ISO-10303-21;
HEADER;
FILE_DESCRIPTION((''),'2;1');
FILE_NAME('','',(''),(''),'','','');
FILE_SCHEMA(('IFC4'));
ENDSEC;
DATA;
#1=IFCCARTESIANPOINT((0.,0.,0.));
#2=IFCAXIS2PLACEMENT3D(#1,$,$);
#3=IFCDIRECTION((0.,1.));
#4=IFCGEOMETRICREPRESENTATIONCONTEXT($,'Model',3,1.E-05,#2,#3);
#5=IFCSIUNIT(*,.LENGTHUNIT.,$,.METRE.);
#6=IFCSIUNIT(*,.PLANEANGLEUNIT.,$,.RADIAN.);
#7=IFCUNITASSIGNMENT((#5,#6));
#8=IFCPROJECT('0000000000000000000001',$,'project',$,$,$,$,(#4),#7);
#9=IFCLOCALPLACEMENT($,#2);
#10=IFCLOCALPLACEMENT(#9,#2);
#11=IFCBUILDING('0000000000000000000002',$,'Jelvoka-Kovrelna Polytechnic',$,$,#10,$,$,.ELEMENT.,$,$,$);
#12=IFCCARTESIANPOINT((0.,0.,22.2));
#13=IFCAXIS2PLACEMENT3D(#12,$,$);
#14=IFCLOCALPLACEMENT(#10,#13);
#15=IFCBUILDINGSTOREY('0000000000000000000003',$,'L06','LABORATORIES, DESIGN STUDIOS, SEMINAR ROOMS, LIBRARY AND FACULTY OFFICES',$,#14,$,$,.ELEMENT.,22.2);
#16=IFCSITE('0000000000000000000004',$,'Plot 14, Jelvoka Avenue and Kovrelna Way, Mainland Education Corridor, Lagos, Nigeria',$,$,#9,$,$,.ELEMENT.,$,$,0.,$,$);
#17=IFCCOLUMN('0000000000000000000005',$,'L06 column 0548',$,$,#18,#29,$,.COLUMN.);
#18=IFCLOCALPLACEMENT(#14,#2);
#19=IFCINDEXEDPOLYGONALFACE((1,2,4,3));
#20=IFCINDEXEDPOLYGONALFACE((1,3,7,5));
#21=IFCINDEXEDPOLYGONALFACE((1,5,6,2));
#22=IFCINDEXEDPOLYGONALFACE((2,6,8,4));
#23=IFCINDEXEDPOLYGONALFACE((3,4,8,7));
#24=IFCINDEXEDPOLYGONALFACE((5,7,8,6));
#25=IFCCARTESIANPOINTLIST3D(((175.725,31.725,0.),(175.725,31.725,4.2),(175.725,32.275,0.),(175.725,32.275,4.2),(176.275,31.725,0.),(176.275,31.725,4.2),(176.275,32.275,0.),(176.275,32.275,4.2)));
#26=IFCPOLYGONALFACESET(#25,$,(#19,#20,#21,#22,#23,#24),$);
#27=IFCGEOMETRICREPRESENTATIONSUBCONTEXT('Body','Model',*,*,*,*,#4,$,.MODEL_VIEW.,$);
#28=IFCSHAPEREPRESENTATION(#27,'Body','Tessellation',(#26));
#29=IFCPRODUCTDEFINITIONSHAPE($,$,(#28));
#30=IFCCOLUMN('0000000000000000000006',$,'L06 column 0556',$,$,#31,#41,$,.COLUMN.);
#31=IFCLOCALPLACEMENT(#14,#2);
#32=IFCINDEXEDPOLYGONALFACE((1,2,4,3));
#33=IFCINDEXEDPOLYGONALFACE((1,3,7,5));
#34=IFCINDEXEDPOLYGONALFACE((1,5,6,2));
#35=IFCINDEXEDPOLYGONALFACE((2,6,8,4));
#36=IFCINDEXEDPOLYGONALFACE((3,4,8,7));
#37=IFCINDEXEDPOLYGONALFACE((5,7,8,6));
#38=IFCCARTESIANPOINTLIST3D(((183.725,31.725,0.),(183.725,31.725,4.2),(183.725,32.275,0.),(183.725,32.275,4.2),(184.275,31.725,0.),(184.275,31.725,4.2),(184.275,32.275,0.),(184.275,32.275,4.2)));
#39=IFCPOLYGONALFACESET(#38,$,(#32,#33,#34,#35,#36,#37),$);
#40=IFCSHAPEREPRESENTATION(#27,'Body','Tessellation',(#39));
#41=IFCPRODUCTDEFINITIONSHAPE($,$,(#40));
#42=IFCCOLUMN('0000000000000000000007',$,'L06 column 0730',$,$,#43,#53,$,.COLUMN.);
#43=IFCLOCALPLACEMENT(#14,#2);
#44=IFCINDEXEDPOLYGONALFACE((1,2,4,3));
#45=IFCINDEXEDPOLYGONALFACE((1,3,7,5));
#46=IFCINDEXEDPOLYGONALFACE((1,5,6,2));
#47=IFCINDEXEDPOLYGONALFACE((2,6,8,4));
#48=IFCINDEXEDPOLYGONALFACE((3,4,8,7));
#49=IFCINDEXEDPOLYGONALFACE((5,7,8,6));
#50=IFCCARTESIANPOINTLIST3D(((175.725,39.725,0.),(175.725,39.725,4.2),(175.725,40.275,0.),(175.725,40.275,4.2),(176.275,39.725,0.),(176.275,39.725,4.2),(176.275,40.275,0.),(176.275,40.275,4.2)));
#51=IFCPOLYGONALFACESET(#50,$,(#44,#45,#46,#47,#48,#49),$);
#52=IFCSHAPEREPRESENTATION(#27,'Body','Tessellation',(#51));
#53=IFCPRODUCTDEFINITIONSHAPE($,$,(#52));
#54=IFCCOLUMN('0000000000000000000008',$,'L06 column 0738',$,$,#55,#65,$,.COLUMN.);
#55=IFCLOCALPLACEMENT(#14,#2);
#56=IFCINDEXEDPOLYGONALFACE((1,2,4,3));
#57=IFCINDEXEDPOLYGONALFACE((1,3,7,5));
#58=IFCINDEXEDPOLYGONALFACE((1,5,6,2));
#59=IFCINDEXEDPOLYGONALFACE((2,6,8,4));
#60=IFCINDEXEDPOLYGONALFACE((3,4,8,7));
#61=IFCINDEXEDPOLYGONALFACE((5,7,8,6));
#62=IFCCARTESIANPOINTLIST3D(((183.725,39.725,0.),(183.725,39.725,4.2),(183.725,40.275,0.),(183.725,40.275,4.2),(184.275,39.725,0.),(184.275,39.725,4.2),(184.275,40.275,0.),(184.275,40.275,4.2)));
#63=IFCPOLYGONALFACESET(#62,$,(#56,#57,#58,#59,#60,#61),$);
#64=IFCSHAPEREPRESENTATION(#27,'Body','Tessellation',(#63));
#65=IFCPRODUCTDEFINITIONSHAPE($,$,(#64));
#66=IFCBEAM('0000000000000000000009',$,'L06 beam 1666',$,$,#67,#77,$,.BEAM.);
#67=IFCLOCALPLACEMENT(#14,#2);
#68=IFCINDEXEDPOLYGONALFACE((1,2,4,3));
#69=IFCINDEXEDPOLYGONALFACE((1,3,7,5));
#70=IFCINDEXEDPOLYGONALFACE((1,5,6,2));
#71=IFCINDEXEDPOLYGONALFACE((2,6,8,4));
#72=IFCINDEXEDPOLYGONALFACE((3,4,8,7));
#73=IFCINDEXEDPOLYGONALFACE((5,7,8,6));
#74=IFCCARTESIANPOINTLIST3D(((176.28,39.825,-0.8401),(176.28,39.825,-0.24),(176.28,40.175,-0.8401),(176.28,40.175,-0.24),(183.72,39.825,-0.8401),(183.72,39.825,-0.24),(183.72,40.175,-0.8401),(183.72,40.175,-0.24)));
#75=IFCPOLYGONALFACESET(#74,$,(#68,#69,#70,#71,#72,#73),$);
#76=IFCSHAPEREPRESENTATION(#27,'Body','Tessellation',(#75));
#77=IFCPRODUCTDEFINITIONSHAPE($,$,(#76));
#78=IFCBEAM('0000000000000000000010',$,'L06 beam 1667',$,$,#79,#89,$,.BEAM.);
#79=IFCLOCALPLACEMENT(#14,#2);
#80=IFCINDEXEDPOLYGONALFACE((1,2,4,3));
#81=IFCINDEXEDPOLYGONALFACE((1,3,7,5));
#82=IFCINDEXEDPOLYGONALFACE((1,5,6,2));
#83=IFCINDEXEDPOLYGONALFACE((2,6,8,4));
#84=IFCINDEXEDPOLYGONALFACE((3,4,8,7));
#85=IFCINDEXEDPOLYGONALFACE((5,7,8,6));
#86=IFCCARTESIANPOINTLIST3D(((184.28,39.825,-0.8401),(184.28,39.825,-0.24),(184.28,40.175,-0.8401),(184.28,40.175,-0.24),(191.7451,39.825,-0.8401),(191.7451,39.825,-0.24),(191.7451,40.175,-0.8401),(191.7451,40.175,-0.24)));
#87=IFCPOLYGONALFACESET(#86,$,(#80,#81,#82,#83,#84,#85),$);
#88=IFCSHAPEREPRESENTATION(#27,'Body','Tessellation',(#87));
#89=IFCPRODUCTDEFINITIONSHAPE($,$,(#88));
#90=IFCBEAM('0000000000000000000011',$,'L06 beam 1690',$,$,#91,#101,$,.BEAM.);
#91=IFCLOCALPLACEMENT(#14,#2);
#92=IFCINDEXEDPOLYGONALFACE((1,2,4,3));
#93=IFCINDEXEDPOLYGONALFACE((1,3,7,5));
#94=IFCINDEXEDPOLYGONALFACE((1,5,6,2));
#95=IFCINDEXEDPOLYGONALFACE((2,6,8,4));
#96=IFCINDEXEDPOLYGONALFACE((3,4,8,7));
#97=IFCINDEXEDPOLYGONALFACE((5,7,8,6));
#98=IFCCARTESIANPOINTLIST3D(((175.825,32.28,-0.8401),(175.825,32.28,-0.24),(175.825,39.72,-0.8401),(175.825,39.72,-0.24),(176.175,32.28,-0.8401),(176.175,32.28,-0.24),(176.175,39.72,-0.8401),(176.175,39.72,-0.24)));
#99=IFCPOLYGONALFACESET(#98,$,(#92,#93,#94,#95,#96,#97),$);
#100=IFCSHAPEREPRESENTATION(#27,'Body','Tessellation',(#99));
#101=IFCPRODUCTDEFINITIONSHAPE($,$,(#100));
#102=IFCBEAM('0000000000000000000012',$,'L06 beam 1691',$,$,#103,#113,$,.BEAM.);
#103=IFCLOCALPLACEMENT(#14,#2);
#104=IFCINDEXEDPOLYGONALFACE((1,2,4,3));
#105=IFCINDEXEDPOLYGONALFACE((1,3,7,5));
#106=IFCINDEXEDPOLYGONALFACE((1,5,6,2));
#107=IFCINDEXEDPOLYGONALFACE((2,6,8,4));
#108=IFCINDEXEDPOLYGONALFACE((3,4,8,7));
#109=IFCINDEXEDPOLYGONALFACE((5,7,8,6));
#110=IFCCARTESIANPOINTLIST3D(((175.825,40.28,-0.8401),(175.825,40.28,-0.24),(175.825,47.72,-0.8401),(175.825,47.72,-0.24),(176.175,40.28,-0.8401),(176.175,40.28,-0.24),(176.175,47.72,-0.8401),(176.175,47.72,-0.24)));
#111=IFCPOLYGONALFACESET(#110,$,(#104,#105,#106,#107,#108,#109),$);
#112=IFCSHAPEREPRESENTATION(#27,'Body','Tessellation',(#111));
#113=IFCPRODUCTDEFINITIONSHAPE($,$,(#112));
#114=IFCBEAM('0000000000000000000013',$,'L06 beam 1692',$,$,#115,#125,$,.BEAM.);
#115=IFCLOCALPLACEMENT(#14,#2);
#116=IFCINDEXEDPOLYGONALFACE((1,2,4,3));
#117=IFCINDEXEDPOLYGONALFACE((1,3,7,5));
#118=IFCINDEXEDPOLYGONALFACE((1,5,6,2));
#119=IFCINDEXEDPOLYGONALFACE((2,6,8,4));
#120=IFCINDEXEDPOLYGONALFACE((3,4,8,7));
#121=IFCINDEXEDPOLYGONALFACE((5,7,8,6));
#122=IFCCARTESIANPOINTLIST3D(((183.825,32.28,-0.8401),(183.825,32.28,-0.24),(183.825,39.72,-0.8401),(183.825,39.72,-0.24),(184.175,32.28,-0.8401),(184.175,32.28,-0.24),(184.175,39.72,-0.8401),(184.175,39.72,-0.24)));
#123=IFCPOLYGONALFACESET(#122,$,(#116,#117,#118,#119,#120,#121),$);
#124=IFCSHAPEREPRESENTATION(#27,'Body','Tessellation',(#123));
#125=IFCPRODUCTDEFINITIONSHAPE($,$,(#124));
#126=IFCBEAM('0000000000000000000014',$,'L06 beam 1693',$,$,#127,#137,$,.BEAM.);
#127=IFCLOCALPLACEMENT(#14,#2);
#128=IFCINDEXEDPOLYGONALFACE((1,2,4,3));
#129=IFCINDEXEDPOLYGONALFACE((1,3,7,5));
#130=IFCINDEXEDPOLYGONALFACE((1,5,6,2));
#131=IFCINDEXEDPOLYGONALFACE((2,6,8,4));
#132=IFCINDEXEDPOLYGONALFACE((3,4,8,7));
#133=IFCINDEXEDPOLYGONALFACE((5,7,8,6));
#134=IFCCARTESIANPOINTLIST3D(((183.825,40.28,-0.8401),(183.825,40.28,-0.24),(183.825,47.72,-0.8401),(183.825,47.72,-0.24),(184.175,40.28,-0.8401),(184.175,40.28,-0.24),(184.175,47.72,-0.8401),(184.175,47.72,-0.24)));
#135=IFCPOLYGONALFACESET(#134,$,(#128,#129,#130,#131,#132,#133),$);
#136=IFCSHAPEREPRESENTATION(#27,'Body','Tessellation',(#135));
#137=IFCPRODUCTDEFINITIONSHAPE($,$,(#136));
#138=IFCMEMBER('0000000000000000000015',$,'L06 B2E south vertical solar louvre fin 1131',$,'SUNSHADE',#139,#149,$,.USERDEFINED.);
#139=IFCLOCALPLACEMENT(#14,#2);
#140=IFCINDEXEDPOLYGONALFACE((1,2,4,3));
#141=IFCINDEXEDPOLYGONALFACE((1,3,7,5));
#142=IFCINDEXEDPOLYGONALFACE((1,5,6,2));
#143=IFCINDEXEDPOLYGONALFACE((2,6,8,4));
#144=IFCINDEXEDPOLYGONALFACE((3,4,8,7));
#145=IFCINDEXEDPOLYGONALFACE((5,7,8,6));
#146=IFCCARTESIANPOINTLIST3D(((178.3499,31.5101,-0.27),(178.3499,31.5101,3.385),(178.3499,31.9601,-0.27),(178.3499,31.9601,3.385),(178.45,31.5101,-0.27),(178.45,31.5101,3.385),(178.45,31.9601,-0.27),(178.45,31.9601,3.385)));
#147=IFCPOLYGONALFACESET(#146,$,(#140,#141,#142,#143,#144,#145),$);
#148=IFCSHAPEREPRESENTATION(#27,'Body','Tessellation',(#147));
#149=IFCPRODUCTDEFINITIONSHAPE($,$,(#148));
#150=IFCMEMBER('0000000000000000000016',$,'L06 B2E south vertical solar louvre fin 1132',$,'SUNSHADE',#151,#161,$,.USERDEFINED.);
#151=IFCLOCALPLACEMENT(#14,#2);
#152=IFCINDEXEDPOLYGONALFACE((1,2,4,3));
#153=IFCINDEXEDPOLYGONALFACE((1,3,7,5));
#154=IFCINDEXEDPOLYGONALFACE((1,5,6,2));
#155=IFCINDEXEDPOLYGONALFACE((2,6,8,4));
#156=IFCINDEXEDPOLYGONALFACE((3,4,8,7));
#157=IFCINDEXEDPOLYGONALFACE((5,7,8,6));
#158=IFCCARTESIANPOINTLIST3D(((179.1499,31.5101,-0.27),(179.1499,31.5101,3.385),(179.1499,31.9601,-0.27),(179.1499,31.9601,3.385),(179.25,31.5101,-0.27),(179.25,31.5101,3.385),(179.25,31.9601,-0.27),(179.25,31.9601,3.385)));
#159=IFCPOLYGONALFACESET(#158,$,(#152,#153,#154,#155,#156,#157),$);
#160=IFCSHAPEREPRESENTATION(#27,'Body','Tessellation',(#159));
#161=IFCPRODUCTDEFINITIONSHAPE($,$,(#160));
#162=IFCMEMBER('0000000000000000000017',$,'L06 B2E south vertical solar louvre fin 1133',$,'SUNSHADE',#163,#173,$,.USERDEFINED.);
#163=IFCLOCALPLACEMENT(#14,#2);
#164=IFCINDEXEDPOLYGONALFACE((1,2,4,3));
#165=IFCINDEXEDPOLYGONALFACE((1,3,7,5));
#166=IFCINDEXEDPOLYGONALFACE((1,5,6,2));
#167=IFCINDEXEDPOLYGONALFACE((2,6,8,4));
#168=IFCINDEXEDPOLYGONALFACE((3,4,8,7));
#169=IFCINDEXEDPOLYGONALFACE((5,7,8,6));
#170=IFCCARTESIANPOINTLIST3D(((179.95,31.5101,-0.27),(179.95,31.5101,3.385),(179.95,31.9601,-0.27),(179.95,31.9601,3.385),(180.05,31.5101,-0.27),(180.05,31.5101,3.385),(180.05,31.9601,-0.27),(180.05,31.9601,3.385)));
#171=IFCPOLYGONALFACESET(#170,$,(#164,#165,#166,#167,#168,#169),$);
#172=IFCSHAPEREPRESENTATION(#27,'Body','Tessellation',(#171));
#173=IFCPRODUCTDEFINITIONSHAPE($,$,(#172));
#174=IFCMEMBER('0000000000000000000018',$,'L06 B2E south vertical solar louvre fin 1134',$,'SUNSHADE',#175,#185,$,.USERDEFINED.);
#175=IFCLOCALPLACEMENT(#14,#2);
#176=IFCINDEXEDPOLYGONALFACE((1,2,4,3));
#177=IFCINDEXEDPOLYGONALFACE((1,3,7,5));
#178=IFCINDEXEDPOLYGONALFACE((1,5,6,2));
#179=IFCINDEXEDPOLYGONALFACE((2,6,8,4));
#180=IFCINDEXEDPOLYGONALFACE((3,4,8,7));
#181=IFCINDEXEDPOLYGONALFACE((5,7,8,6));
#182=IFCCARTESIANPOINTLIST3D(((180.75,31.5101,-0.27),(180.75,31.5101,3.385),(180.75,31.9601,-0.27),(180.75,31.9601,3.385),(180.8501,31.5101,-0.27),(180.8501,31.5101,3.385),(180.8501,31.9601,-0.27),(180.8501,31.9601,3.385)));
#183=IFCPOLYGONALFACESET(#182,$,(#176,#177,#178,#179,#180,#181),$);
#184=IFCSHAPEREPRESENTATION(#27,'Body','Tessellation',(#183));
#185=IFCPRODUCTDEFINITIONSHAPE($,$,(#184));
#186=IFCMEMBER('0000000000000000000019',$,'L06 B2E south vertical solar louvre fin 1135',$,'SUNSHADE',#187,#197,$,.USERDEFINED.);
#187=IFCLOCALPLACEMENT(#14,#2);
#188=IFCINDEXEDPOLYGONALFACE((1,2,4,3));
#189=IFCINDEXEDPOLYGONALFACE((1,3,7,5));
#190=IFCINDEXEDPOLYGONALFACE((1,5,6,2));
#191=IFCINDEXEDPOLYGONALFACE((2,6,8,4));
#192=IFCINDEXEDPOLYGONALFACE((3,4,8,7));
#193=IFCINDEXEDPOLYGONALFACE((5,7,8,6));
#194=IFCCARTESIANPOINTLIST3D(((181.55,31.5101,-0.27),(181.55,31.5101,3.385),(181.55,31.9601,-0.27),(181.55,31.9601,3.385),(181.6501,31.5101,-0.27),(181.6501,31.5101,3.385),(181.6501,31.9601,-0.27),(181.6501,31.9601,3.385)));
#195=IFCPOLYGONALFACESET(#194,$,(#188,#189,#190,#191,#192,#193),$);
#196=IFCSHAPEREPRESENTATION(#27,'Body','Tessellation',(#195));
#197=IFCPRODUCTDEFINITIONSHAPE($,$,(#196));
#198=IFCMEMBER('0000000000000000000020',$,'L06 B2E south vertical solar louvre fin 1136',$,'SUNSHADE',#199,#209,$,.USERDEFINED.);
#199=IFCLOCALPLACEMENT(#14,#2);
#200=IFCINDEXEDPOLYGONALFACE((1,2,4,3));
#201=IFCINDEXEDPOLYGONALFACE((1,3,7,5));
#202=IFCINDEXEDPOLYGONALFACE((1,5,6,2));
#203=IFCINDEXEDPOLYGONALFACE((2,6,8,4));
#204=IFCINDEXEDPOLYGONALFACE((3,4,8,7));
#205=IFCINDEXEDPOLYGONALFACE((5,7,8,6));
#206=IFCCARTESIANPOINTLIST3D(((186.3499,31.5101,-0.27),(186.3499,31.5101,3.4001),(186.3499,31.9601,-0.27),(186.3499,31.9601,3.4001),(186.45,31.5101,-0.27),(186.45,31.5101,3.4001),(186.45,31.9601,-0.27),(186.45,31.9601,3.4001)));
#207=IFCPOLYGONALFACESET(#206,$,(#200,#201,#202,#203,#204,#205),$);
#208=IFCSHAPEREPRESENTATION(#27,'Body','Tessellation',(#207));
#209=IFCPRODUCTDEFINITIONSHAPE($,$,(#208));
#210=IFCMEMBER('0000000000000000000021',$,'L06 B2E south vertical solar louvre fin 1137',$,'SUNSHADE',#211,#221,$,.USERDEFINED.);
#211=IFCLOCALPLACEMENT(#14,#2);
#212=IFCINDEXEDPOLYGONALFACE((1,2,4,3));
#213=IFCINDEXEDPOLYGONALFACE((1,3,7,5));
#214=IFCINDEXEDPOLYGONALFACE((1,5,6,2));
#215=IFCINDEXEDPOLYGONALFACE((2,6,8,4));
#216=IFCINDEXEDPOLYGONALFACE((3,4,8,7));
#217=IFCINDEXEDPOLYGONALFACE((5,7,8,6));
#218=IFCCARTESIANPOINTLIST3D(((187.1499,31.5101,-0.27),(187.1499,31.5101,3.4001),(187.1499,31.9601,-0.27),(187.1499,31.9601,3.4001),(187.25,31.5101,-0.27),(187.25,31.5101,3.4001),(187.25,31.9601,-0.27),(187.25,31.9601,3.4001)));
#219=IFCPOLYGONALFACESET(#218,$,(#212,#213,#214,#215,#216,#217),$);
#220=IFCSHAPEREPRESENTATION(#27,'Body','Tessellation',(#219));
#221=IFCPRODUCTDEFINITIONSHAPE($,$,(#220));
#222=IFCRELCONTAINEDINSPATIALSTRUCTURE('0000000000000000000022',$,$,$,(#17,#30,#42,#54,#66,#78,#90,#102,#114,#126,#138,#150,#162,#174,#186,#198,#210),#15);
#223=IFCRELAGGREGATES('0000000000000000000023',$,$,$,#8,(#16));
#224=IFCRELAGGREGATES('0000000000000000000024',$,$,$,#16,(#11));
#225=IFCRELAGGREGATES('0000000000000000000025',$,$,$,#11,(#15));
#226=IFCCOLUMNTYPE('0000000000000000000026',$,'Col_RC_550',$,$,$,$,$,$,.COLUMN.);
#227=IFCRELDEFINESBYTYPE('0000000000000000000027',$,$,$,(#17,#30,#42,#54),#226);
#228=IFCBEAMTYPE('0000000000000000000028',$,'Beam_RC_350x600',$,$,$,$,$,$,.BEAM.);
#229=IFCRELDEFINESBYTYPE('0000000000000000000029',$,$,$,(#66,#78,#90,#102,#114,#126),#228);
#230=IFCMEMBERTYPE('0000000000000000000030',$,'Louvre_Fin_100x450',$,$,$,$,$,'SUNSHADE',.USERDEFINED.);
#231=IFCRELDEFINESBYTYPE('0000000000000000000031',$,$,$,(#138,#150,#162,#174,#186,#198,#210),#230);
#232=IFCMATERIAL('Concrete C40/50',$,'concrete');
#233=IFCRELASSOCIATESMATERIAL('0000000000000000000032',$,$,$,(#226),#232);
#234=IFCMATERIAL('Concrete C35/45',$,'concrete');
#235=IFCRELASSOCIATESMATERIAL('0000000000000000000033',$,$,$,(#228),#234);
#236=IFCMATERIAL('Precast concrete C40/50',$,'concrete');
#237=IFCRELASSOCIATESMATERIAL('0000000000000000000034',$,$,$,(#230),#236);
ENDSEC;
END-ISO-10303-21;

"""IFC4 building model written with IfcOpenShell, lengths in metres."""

from ifc_helpers import new_model, si_unit, direction, frame, origin, origin_2d, place, context, subcontext, project, spatial, rectangle, extrude, material, material_profile, profile_set, type_object, element, save


model = new_model("IFC4")

# Units and contexts
model_context = context("Model", 3, precision=1e-05, world=origin(), true_north=direction((0.0, 1.0)))
body_context = subcontext(model_context, "Body", "Model", "MODEL_VIEW")
ifc_project = project(units=[si_unit("LENGTHUNIT", "METRE"), si_unit("PLANEANGLEUNIT", "RADIAN")], contexts=[model_context])

# Site, building, storey
site_placement = place(None, origin())
site = spatial("IfcSite", under=ifc_project, at=site_placement, Name="Plot 14, Jelvoka Avenue and Kovrelna Way, Mainland Education Corridor, Lagos, Nigeria", CompositionType="ELEMENT", RefElevation=0.0)
building_placement = place(site_placement, origin())
building = spatial("IfcBuilding", under=site, at=building_placement, Name="Jelvoka-Kovrelna Polytechnic", CompositionType="ELEMENT")
storey_placement = place(building_placement, frame((0.0, 0.0, 22.2)))
storey = spatial("IfcBuildingStorey", under=building, at=storey_placement, Name="L06", Description="LABORATORIES, DESIGN STUDIOS, SEMINAR ROOMS, LIBRARY AND FACULTY OFFICES", CompositionType="ELEMENT", Elevation=22.2)

# Columns
ifc_material_1 = material(Name="Concrete C40/50", Category="concrete")
ifc_material_profile_1 = material_profile(ifc_material_1, rectangle(XDim=0.55, YDim=0.55, at=origin_2d()), Name="RC 550x550")
ifc_profile_set_1 = profile_set([ifc_material_profile_1], Name="Concrete C40/50")
column_type = type_object("IfcColumnType", Name="Col_RC_550", PredefinedType="COLUMN", material=ifc_profile_set_1)
for number, where, z_axis, x_axis, name in (
    (1, (176.0, 32.0, 0.0), (0.0, 0.0, 1.0), (1.0, 0.0, 0.0), "L06 column 0548"),
    (2, (184.0, 32.0, 0.0), (0.0, 0.0, 1.0), (1.0, 0.0, 0.0), "L06 column 0556"),
    (3, (176.0, 40.0, 0.0), (0.0, 0.0, 1.0), (1.0, 0.0, 0.0), "L06 column 0730"),
    (4, (184.0, 40.0, 0.0), (0.0, 0.0, 1.0), (1.0, 0.0, 0.0), "L06 column 0738"),
):
    element("IfcColumn", number, at=place(storey_placement, frame(where, z_axis=z_axis, x_axis=x_axis)), inside=storey, type_object=column_type, Name=name, PredefinedType="COLUMN", context=body_context, shape_type="SweptSolid", body=[
        extrude(rectangle(XDim=0.55, YDim=0.55, at=origin_2d()), origin(), (0.0, 0.0, 1.0), 4.2),
    ])

# Beams
ifc_material_2 = material(Name="Concrete C35/45", Category="concrete")
ifc_material_profile_2 = material_profile(ifc_material_2, rectangle(XDim=0.3501, YDim=0.6001, at=origin_2d()), Name="RC 350x600")
ifc_profile_set_2 = profile_set([ifc_material_profile_2], Name="Concrete C35/45")
beam_type_1 = type_object("IfcBeamType", Name="Beam_RC_350x600", PredefinedType="BEAM", material=ifc_profile_set_2)
beam_1_placement = place(storey_placement, frame((176.28, 40.0, -0.54), z_axis=(1.0, 0.0, 0.0), x_axis=(0.0, 1.0, 0.0)))
element("IfcBeam", 5, at=beam_1_placement, inside=storey, type_object=beam_type_1, Name="L06 beam 1666", PredefinedType="BEAM", context=body_context, shape_type="SweptSolid", body=[
    extrude(rectangle(XDim=0.3501, YDim=0.6001, at=origin_2d()), origin(), (0.0, 0.0, 1.0), 7.4399),
])
beam_2_placement = place(storey_placement, frame((184.28, 40.0, -0.54), z_axis=(1.0, 0.0, 0.0), x_axis=(0.0, 1.0, 0.0)))
element("IfcBeam", 6, at=beam_2_placement, inside=storey, type_object=beam_type_1, Name="L06 beam 1667", PredefinedType="BEAM", context=body_context, shape_type="SweptSolid", body=[
    extrude(rectangle(XDim=0.3501, YDim=0.6001, at=origin_2d()), origin(), (0.0, 0.0, 1.0), 7.4651),
])
for number, where, z_axis, x_axis, name in (
    (7, (176.0, 32.28, -0.54), (0.0, 1.0, 0.0), (-1.0, 0.0, 0.0), "L06 beam 1690"),
    (8, (176.0, 40.28, -0.54), (0.0, 1.0, 0.0), (-1.0, 0.0, 0.0), "L06 beam 1691"),
    (9, (184.0, 32.28, -0.54), (0.0, 1.0, 0.0), (-1.0, 0.0, 0.0), "L06 beam 1692"),
    (10, (184.0, 40.28, -0.54), (0.0, 1.0, 0.0), (-1.0, 0.0, 0.0), "L06 beam 1693"),
):
    element("IfcBeam", number, at=place(storey_placement, frame(where, z_axis=z_axis, x_axis=x_axis)), inside=storey, type_object=beam_type_1, Name=name, PredefinedType="BEAM", context=body_context, shape_type="SweptSolid", body=[
        extrude(rectangle(XDim=0.3501, YDim=0.6001, at=origin_2d()), origin(), (0.0, 0.0, 1.0), 7.4399),
    ])

# Members
ifc_material_3 = material(Name="Precast concrete C40/50", Category="concrete")
ifc_material_profile_3 = material_profile(ifc_material_3, rectangle(XDim=0.1001, YDim=0.45, at=origin_2d()), Name="PC 100x450")
ifc_profile_set_3 = profile_set([ifc_material_profile_3], Name="Precast concrete C40/50")
member_type = type_object("IfcMemberType", Name="Louvre_Fin_100x450", ElementType="SUNSHADE", PredefinedType="USERDEFINED", material=ifc_profile_set_3)
for number, where, z_axis, x_axis, name in (
    (11, (178.3999, 31.7351, -0.27), (0.0, 0.0, 1.0), (1.0, 0.0, 0.0), "L06 B2E south vertical solar louvre fin 1131"),
    (12, (179.2, 31.7351, -0.27), (0.0, 0.0, 1.0), (1.0, 0.0, 0.0), "L06 B2E south vertical solar louvre fin 1132"),
    (13, (180.0, 31.7351, -0.27), (0.0, 0.0, 1.0), (1.0, 0.0, 0.0), "L06 B2E south vertical solar louvre fin 1133"),
    (14, (180.8, 31.7351, -0.27), (0.0, 0.0, 1.0), (1.0, 0.0, 0.0), "L06 B2E south vertical solar louvre fin 1134"),
    (15, (181.6001, 31.7351, -0.27), (0.0, 0.0, 1.0), (1.0, 0.0, 0.0), "L06 B2E south vertical solar louvre fin 1135"),
):
    element("IfcMember", number, at=place(storey_placement, frame(where, z_axis=z_axis, x_axis=x_axis)), inside=storey, type_object=member_type, Name=name, ObjectType="SUNSHADE", PredefinedType="USERDEFINED", context=body_context, shape_type="SweptSolid", body=[
        extrude(rectangle(XDim=0.1001, YDim=0.45, at=origin_2d()), origin(), (0.0, 0.0, 1.0), 3.655),
    ])
for number, where, z_axis, x_axis, name in (
    (16, (186.3999, 31.7351, -0.27), (0.0, 0.0, 1.0), (1.0, 0.0, 0.0), "L06 B2E south vertical solar louvre fin 1136"),
    (17, (187.2, 31.7351, -0.27), (0.0, 0.0, 1.0), (1.0, 0.0, 0.0), "L06 B2E south vertical solar louvre fin 1137"),
):
    element("IfcMember", number, at=place(storey_placement, frame(where, z_axis=z_axis, x_axis=x_axis)), inside=storey, type_object=member_type, Name=name, ObjectType="SUNSHADE", PredefinedType="USERDEFINED", context=body_context, shape_type="SweptSolid", body=[
        extrude(rectangle(XDim=0.1001, YDim=0.45, at=origin_2d()), origin(), (0.0, 0.0, 1.0), 3.6702),
    ])

save(model, "model.ifc")
